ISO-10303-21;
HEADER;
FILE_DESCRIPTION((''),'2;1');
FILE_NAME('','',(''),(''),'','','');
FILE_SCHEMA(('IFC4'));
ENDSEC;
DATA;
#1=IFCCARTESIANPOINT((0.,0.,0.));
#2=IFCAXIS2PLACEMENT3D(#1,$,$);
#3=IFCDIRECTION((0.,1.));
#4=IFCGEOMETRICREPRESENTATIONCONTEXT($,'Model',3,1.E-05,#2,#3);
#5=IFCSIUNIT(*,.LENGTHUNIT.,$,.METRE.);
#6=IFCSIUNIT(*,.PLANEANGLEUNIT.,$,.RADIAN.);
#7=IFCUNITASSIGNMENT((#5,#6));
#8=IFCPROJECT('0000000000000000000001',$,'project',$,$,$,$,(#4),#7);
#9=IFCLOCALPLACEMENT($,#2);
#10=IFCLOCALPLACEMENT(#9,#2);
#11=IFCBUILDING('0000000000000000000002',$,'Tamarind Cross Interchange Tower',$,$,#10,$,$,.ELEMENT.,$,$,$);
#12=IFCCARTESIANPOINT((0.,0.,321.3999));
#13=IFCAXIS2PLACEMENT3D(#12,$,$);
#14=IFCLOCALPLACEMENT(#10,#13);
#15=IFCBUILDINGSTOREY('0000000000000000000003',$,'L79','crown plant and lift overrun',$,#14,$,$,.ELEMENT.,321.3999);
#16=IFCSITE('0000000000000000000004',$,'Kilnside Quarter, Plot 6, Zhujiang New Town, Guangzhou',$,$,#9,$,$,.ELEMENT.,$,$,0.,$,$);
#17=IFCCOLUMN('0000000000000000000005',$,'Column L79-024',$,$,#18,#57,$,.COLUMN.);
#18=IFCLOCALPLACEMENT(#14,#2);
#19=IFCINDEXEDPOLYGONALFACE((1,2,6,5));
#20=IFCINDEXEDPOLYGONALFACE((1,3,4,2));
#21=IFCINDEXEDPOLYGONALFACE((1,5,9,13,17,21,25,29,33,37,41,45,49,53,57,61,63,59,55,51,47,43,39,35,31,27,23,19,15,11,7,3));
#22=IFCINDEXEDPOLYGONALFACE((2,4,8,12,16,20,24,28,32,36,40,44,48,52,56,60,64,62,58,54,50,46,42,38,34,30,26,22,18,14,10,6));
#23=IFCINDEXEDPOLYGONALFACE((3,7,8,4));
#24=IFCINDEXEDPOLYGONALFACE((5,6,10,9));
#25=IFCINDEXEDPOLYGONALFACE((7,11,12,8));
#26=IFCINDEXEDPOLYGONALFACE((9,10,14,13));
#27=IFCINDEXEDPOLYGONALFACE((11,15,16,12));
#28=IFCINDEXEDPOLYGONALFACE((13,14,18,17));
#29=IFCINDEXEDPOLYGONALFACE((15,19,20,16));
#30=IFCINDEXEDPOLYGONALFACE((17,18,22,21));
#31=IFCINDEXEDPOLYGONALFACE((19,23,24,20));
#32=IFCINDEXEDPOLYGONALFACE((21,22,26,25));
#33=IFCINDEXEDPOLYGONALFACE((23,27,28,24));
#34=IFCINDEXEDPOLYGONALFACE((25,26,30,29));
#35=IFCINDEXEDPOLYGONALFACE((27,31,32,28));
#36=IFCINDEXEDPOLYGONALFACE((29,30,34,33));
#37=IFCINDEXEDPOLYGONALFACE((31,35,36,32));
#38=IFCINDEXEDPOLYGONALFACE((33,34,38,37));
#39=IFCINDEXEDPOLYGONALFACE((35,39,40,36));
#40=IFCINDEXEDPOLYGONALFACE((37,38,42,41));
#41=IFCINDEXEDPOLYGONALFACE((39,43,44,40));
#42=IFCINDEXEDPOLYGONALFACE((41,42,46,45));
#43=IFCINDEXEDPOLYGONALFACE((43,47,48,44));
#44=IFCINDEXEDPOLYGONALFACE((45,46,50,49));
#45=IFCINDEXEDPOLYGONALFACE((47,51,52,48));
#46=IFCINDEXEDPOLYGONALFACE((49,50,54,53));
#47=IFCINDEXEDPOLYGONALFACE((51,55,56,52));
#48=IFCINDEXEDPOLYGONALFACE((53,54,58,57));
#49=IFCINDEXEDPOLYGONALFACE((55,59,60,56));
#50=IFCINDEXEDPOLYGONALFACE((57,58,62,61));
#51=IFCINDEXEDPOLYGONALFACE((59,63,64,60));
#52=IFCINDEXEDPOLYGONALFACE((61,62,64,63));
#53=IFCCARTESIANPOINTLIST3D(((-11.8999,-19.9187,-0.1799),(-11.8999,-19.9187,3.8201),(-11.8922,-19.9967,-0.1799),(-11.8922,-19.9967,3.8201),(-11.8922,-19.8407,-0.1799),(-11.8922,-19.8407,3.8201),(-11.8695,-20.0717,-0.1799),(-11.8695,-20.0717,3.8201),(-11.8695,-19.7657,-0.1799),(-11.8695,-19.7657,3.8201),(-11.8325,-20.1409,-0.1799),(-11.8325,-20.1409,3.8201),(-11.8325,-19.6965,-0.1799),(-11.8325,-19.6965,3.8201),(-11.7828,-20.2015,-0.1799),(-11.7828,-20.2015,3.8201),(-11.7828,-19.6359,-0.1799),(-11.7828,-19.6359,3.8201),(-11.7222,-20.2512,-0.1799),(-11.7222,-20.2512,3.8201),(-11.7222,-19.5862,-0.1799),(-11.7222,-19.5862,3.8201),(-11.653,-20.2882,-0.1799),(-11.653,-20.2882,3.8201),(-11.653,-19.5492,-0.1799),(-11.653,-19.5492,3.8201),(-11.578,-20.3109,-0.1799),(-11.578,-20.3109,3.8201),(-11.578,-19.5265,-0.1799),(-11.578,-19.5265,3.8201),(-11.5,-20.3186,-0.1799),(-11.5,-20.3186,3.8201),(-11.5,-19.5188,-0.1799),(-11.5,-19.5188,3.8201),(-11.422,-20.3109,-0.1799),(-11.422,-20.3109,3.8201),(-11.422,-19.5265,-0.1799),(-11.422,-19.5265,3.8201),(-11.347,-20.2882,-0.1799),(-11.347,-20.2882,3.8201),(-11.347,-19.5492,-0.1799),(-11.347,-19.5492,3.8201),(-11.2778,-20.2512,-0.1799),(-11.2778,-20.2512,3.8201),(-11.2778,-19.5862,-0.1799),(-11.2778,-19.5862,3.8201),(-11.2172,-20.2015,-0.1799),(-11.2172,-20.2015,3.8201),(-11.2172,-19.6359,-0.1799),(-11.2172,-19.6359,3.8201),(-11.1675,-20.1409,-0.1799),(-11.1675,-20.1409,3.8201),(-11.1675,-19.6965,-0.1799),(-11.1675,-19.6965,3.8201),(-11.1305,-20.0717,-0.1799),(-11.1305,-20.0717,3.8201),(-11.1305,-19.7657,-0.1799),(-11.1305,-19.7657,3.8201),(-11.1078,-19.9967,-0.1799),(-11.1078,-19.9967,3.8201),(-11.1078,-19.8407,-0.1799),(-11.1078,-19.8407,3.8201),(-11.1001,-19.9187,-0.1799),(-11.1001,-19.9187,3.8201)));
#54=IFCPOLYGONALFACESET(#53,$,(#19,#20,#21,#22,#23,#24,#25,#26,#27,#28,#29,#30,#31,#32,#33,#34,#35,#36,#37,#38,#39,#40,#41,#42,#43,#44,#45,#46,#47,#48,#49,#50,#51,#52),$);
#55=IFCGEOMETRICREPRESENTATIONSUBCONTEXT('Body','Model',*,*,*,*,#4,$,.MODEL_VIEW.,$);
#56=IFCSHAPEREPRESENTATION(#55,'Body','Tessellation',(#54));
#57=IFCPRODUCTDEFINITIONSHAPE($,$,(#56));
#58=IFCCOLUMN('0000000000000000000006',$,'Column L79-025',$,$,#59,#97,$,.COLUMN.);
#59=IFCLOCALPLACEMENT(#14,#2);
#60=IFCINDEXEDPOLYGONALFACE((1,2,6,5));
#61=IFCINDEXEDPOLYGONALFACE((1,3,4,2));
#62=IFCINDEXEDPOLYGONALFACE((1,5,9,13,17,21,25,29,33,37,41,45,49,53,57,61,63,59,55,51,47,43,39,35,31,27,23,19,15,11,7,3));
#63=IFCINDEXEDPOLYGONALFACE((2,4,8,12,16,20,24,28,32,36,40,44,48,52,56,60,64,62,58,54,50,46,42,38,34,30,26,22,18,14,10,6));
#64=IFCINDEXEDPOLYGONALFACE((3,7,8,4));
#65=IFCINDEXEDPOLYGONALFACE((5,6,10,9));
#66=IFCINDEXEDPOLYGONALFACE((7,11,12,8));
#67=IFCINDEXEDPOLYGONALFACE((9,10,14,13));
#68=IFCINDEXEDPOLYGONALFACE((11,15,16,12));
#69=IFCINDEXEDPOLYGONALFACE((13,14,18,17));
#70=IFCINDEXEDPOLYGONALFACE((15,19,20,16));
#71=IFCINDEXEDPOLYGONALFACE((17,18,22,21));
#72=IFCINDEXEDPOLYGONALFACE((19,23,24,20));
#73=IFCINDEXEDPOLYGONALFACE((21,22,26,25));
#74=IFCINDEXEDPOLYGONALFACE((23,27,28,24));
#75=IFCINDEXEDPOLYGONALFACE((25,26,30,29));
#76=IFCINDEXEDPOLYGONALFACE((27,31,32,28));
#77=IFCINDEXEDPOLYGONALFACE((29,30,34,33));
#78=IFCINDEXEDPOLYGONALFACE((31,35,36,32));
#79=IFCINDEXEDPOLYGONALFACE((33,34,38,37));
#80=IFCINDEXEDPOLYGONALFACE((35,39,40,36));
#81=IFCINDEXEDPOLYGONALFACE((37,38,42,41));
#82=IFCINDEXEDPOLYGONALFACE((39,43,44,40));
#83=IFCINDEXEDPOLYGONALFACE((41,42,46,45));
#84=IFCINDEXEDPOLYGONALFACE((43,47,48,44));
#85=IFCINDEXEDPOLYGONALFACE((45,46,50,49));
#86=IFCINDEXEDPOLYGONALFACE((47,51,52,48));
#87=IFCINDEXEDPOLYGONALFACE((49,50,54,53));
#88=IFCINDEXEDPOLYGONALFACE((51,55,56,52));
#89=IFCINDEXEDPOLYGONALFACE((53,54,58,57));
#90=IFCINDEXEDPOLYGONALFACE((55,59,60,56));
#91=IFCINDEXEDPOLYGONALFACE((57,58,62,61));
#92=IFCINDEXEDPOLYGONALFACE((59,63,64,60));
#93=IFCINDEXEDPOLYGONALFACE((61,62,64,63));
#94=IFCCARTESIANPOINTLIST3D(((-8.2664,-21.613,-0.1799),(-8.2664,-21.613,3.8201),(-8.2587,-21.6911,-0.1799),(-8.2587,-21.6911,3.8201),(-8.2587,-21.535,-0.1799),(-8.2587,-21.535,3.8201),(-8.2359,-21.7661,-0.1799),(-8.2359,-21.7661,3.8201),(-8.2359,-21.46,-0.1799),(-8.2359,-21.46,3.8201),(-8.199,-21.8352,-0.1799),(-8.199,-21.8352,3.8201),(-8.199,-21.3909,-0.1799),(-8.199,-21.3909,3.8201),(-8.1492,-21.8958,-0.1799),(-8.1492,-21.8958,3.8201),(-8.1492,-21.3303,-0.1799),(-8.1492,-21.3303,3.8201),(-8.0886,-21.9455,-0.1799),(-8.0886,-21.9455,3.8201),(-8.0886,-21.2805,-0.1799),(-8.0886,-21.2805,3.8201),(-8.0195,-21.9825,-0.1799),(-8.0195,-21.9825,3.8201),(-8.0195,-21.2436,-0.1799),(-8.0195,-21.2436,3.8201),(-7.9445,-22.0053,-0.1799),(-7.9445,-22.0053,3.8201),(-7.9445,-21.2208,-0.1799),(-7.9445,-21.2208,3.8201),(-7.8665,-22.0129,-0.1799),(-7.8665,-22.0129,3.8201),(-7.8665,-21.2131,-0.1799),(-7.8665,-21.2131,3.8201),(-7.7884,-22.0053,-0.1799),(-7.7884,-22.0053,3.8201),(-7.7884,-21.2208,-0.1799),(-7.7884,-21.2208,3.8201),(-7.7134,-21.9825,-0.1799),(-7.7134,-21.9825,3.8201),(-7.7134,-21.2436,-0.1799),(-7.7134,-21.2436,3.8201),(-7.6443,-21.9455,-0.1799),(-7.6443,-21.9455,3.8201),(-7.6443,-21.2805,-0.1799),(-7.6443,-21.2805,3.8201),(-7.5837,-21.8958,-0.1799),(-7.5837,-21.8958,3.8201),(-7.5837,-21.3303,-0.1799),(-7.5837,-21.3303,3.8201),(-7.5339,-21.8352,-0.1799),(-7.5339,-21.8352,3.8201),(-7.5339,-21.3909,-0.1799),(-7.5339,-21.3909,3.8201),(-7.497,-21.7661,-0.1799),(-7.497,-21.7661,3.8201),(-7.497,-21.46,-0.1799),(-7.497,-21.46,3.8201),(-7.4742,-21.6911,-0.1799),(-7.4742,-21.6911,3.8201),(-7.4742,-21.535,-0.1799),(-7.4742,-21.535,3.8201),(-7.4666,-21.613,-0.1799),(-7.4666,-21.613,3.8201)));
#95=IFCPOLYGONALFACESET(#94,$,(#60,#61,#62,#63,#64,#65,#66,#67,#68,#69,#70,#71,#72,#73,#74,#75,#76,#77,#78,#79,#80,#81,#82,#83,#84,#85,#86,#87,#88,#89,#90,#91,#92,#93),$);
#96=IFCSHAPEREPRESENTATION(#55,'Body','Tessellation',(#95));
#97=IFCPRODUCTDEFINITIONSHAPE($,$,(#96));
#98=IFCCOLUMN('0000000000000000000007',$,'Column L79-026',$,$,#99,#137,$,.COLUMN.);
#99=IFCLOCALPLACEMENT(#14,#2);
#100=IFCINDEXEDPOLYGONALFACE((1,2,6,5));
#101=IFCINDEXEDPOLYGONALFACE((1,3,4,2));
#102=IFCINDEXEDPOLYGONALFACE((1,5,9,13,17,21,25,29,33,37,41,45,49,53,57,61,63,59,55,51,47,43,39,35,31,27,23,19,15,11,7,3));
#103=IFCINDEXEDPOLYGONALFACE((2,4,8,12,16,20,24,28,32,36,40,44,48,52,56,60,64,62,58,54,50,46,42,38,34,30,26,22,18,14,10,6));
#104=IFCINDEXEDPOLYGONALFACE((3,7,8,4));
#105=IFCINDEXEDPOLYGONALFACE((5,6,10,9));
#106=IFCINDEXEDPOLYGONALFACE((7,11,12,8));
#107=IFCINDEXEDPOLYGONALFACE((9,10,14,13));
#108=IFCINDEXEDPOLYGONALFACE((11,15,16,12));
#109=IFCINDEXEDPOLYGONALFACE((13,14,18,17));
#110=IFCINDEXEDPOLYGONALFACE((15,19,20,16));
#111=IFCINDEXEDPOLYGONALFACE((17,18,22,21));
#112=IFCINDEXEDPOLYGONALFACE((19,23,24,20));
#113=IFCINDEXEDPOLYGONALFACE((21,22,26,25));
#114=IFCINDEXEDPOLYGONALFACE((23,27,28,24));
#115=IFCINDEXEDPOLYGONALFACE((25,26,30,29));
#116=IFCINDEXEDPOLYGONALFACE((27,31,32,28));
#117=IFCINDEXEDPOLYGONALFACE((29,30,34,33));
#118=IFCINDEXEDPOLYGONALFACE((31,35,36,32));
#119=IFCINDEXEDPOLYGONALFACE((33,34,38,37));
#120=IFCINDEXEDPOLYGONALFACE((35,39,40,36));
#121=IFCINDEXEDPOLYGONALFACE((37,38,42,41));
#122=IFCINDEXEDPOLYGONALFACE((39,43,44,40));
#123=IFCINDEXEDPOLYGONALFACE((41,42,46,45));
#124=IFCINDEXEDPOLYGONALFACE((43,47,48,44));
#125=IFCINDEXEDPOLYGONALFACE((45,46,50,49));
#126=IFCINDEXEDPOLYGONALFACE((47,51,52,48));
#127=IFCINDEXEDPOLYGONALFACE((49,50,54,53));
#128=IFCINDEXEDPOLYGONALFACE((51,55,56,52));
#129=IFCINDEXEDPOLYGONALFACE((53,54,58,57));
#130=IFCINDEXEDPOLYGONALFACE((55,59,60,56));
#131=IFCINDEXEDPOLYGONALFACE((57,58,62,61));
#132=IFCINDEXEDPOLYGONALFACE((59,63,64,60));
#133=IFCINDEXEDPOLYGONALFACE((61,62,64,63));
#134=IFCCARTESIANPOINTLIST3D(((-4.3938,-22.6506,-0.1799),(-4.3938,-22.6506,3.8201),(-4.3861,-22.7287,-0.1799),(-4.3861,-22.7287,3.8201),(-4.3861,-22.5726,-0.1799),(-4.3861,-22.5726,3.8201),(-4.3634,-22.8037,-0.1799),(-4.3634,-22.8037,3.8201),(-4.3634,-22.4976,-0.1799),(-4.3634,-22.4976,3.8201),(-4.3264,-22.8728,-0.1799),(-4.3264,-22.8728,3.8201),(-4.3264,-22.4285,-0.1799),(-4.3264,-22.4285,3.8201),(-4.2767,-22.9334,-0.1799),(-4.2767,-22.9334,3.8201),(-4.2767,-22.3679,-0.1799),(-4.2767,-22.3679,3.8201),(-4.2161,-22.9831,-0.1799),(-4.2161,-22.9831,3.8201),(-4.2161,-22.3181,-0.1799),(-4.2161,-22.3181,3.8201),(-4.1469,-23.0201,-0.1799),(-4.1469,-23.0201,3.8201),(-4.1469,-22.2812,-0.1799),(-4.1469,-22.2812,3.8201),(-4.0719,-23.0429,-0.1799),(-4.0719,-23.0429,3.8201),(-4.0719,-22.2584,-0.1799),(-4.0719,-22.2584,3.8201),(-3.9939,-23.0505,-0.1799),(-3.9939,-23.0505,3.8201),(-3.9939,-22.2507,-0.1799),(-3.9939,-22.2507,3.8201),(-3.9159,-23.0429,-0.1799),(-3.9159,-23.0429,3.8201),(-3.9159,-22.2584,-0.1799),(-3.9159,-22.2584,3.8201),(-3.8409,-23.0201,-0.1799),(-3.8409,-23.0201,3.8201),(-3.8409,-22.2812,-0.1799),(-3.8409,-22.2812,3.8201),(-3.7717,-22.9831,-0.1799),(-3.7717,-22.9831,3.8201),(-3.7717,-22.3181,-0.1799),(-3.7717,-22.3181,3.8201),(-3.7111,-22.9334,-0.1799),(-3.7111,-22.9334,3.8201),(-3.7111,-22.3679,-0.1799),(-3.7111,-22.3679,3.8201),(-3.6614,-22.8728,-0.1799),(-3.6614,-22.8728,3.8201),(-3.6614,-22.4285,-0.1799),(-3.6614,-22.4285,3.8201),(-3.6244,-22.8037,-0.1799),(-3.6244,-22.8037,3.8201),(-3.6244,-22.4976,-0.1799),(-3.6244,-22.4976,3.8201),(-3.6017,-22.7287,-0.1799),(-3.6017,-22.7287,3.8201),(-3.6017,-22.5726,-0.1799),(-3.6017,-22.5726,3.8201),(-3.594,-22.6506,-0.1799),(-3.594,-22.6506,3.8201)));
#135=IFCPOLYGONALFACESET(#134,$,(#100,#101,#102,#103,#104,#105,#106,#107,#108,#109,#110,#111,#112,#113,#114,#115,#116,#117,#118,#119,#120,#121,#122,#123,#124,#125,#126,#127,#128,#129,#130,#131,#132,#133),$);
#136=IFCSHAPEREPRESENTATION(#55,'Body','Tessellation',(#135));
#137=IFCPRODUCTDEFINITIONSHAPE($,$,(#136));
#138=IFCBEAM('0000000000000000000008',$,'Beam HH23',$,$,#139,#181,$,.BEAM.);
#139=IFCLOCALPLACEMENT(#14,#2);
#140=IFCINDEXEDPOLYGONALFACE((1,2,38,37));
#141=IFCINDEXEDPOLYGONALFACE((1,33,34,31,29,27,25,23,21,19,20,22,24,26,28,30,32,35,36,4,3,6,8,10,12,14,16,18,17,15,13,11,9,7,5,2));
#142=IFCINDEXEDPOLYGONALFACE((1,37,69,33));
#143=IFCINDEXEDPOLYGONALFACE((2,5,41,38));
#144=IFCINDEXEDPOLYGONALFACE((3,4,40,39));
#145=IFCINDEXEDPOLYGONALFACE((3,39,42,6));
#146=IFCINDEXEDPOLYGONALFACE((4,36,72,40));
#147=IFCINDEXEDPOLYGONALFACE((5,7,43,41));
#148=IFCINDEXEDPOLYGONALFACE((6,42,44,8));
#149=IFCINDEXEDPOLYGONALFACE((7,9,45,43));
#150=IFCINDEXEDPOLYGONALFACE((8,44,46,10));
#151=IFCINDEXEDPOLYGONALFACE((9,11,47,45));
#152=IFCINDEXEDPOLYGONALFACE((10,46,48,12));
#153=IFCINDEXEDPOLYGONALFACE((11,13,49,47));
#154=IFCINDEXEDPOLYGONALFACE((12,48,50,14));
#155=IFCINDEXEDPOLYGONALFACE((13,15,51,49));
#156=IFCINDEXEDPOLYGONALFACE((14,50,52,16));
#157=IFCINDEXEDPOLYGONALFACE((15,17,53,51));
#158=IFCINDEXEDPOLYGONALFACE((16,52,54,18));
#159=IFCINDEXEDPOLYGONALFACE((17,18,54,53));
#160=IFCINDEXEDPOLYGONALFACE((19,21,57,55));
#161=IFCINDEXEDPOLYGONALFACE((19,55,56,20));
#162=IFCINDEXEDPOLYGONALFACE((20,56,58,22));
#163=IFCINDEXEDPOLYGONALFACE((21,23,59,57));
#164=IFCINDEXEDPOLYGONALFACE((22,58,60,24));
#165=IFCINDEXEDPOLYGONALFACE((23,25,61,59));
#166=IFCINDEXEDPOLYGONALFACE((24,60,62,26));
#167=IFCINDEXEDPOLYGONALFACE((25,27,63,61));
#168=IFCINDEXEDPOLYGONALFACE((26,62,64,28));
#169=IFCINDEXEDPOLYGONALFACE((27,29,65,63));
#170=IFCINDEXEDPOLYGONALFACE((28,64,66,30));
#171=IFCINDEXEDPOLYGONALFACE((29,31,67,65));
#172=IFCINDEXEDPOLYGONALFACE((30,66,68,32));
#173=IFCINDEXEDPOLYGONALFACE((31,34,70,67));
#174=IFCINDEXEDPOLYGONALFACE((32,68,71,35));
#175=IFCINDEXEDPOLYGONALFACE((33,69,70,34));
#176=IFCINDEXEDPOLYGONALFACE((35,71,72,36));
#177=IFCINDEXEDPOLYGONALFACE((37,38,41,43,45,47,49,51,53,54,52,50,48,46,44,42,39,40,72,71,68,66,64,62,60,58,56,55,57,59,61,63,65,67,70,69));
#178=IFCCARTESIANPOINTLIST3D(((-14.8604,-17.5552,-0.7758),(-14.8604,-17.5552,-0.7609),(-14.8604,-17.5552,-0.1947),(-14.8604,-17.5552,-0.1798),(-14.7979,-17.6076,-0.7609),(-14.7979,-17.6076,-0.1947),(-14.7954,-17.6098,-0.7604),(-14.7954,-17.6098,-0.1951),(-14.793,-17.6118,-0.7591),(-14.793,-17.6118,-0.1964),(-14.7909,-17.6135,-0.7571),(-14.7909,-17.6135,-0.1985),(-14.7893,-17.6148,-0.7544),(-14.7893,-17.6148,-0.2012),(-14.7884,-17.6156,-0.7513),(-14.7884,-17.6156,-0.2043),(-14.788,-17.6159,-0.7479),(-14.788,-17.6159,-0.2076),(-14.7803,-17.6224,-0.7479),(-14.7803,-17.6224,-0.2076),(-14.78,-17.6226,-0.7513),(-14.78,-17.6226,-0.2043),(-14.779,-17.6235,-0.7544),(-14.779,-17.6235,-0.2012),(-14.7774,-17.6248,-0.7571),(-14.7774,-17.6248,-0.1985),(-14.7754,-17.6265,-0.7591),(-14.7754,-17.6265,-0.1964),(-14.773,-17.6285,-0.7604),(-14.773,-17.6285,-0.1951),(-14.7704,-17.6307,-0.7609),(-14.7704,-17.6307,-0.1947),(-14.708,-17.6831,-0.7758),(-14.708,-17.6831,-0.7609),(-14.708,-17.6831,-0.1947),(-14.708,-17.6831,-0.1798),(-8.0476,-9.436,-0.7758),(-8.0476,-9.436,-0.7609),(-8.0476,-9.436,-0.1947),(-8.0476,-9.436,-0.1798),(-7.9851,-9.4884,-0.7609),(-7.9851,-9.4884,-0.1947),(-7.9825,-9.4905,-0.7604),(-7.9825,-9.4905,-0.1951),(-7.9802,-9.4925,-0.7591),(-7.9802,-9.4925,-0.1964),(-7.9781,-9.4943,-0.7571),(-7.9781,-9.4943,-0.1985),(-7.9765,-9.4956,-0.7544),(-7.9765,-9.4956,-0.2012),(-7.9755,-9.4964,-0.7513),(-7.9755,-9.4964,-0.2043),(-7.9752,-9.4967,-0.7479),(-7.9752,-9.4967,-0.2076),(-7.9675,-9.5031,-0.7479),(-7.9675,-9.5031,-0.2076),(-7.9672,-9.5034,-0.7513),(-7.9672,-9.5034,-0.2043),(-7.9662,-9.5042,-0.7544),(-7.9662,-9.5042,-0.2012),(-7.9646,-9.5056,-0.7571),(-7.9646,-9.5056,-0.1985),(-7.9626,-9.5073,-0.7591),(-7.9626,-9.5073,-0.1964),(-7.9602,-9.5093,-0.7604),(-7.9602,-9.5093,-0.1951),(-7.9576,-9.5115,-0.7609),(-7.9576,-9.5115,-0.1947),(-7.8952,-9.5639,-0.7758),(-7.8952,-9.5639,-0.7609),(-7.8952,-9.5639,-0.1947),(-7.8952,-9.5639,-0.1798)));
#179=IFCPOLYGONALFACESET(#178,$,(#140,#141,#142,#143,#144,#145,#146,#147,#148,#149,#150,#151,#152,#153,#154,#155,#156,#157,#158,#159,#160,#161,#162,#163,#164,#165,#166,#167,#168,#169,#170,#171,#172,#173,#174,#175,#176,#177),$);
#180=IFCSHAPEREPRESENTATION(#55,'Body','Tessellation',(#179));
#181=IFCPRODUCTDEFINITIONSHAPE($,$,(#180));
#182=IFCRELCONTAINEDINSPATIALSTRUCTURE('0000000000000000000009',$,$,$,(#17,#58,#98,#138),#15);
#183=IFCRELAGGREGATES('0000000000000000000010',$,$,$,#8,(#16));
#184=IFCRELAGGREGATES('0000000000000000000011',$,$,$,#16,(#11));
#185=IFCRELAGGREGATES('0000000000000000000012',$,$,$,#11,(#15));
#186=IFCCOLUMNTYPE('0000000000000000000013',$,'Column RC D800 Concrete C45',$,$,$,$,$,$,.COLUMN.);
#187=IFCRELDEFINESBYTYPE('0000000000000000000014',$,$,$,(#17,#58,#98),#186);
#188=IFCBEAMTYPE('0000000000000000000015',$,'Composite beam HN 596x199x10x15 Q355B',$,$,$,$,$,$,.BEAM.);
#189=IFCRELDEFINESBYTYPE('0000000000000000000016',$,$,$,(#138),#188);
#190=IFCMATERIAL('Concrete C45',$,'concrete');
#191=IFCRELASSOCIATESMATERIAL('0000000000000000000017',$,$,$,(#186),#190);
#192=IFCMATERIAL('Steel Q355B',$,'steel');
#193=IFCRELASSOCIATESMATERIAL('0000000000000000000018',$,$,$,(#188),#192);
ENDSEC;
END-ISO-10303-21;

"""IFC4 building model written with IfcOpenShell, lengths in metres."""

from ifc_helpers import new_model, si_unit, direction, frame, origin, origin_2d, place, context, subcontext, project, spatial, circle, i_section, extrude, material, material_profile, profile_set, type_object, element, save


model = new_model("IFC4")

# Units and contexts
model_context = context("Model", 3, precision=1e-05, world=origin(), true_north=direction((0.0, 1.0)))
body_context = subcontext(model_context, "Body", "Model", "MODEL_VIEW")
ifc_project = project(units=[si_unit("LENGTHUNIT", "METRE"), si_unit("PLANEANGLEUNIT", "RADIAN")], contexts=[model_context])

# Site, building, storey
site_placement = place(None, origin())
site = spatial("IfcSite", under=ifc_project, at=site_placement, Name="Kilnside Quarter, Plot 6, Zhujiang New Town, Guangzhou", CompositionType="ELEMENT", RefElevation=0.0)
building_placement = place(site_placement, origin())
building = spatial("IfcBuilding", under=site, at=building_placement, Name="Tamarind Cross Interchange Tower", CompositionType="ELEMENT")
storey_placement = place(building_placement, frame((0.0, 0.0, 321.3999)))
storey = spatial("IfcBuildingStorey", under=building, at=storey_placement, Name="L79", Description="crown plant and lift overrun", CompositionType="ELEMENT", Elevation=321.3999)

# Columns
ifc_material_1 = material(Name="Concrete C45", Category="concrete")
ifc_material_profile_1 = material_profile(ifc_material_1, circle(Radius=0.3999, at=origin_2d()), Name="RC D800")
ifc_profile_set_1 = profile_set([ifc_material_profile_1], Name="Concrete C45")
column_type = type_object("IfcColumnType", Name="Column RC D800 Concrete C45", PredefinedType="COLUMN", material=ifc_profile_set_1)
for number, where, z_axis, x_axis, name in (
    (1, (-11.5, -19.9187, -0.1799), (0.0, 0.0, 1.0), (1.0, 0.0, 0.0), "Column L79-024"),
    (2, (-7.8665, -21.613, -0.1799), (0.0, 0.0, 1.0), (1.0, 0.0, 0.0), "Column L79-025"),
    (3, (-3.9939, -22.6506, -0.1799), (0.0, 0.0, 1.0), (1.0, 0.0, 0.0), "Column L79-026"),
):
    element("IfcColumn", number, at=place(storey_placement, frame(where, z_axis=z_axis, x_axis=x_axis)), inside=storey, type_object=column_type, Name=name, PredefinedType="COLUMN", context=body_context, shape_type="SweptSolid", body=[
        extrude(circle(Radius=0.3999, at=origin_2d()), origin(), (0.0, 0.0, 1.0), 4.0),
    ])

# Beam
ifc_material_2 = material(Name="Steel Q355B", Category="steel")
ifc_material_profile_2 = material_profile(ifc_material_2, i_section(OverallWidth=0.199, OverallDepth=0.5959, WebThickness=0.01, FlangeThickness=0.0149, FilletRadius=0.0129, at=origin_2d()), Name="HN 596x199x10x15")
ifc_profile_set_2 = profile_set([ifc_material_profile_2], Name="Steel Q355B")
beam_type = type_object("IfcBeamType", Name="Composite beam HN 596x199x10x15 Q355B", PredefinedType="BEAM", material=ifc_profile_set_2)
beam_1_placement = place(storey_placement, frame((-14.7842, -17.6191, -0.4778), z_axis=(0.642786, 0.766046, 0.0), x_axis=(-0.766046, 0.642786, 0.0)))
element("IfcBeam", 4, at=beam_1_placement, inside=storey, type_object=beam_type, Name="Beam HH23", PredefinedType="BEAM", context=body_context, shape_type="SweptSolid", body=[
    extrude(i_section(OverallWidth=0.199, OverallDepth=0.5959, WebThickness=0.01, FlangeThickness=0.0149, FilletRadius=0.0129, at=origin_2d()), origin(), (0.0, 0.0, 1.0), 10.5989),
])

save(model, "model.ifc")
